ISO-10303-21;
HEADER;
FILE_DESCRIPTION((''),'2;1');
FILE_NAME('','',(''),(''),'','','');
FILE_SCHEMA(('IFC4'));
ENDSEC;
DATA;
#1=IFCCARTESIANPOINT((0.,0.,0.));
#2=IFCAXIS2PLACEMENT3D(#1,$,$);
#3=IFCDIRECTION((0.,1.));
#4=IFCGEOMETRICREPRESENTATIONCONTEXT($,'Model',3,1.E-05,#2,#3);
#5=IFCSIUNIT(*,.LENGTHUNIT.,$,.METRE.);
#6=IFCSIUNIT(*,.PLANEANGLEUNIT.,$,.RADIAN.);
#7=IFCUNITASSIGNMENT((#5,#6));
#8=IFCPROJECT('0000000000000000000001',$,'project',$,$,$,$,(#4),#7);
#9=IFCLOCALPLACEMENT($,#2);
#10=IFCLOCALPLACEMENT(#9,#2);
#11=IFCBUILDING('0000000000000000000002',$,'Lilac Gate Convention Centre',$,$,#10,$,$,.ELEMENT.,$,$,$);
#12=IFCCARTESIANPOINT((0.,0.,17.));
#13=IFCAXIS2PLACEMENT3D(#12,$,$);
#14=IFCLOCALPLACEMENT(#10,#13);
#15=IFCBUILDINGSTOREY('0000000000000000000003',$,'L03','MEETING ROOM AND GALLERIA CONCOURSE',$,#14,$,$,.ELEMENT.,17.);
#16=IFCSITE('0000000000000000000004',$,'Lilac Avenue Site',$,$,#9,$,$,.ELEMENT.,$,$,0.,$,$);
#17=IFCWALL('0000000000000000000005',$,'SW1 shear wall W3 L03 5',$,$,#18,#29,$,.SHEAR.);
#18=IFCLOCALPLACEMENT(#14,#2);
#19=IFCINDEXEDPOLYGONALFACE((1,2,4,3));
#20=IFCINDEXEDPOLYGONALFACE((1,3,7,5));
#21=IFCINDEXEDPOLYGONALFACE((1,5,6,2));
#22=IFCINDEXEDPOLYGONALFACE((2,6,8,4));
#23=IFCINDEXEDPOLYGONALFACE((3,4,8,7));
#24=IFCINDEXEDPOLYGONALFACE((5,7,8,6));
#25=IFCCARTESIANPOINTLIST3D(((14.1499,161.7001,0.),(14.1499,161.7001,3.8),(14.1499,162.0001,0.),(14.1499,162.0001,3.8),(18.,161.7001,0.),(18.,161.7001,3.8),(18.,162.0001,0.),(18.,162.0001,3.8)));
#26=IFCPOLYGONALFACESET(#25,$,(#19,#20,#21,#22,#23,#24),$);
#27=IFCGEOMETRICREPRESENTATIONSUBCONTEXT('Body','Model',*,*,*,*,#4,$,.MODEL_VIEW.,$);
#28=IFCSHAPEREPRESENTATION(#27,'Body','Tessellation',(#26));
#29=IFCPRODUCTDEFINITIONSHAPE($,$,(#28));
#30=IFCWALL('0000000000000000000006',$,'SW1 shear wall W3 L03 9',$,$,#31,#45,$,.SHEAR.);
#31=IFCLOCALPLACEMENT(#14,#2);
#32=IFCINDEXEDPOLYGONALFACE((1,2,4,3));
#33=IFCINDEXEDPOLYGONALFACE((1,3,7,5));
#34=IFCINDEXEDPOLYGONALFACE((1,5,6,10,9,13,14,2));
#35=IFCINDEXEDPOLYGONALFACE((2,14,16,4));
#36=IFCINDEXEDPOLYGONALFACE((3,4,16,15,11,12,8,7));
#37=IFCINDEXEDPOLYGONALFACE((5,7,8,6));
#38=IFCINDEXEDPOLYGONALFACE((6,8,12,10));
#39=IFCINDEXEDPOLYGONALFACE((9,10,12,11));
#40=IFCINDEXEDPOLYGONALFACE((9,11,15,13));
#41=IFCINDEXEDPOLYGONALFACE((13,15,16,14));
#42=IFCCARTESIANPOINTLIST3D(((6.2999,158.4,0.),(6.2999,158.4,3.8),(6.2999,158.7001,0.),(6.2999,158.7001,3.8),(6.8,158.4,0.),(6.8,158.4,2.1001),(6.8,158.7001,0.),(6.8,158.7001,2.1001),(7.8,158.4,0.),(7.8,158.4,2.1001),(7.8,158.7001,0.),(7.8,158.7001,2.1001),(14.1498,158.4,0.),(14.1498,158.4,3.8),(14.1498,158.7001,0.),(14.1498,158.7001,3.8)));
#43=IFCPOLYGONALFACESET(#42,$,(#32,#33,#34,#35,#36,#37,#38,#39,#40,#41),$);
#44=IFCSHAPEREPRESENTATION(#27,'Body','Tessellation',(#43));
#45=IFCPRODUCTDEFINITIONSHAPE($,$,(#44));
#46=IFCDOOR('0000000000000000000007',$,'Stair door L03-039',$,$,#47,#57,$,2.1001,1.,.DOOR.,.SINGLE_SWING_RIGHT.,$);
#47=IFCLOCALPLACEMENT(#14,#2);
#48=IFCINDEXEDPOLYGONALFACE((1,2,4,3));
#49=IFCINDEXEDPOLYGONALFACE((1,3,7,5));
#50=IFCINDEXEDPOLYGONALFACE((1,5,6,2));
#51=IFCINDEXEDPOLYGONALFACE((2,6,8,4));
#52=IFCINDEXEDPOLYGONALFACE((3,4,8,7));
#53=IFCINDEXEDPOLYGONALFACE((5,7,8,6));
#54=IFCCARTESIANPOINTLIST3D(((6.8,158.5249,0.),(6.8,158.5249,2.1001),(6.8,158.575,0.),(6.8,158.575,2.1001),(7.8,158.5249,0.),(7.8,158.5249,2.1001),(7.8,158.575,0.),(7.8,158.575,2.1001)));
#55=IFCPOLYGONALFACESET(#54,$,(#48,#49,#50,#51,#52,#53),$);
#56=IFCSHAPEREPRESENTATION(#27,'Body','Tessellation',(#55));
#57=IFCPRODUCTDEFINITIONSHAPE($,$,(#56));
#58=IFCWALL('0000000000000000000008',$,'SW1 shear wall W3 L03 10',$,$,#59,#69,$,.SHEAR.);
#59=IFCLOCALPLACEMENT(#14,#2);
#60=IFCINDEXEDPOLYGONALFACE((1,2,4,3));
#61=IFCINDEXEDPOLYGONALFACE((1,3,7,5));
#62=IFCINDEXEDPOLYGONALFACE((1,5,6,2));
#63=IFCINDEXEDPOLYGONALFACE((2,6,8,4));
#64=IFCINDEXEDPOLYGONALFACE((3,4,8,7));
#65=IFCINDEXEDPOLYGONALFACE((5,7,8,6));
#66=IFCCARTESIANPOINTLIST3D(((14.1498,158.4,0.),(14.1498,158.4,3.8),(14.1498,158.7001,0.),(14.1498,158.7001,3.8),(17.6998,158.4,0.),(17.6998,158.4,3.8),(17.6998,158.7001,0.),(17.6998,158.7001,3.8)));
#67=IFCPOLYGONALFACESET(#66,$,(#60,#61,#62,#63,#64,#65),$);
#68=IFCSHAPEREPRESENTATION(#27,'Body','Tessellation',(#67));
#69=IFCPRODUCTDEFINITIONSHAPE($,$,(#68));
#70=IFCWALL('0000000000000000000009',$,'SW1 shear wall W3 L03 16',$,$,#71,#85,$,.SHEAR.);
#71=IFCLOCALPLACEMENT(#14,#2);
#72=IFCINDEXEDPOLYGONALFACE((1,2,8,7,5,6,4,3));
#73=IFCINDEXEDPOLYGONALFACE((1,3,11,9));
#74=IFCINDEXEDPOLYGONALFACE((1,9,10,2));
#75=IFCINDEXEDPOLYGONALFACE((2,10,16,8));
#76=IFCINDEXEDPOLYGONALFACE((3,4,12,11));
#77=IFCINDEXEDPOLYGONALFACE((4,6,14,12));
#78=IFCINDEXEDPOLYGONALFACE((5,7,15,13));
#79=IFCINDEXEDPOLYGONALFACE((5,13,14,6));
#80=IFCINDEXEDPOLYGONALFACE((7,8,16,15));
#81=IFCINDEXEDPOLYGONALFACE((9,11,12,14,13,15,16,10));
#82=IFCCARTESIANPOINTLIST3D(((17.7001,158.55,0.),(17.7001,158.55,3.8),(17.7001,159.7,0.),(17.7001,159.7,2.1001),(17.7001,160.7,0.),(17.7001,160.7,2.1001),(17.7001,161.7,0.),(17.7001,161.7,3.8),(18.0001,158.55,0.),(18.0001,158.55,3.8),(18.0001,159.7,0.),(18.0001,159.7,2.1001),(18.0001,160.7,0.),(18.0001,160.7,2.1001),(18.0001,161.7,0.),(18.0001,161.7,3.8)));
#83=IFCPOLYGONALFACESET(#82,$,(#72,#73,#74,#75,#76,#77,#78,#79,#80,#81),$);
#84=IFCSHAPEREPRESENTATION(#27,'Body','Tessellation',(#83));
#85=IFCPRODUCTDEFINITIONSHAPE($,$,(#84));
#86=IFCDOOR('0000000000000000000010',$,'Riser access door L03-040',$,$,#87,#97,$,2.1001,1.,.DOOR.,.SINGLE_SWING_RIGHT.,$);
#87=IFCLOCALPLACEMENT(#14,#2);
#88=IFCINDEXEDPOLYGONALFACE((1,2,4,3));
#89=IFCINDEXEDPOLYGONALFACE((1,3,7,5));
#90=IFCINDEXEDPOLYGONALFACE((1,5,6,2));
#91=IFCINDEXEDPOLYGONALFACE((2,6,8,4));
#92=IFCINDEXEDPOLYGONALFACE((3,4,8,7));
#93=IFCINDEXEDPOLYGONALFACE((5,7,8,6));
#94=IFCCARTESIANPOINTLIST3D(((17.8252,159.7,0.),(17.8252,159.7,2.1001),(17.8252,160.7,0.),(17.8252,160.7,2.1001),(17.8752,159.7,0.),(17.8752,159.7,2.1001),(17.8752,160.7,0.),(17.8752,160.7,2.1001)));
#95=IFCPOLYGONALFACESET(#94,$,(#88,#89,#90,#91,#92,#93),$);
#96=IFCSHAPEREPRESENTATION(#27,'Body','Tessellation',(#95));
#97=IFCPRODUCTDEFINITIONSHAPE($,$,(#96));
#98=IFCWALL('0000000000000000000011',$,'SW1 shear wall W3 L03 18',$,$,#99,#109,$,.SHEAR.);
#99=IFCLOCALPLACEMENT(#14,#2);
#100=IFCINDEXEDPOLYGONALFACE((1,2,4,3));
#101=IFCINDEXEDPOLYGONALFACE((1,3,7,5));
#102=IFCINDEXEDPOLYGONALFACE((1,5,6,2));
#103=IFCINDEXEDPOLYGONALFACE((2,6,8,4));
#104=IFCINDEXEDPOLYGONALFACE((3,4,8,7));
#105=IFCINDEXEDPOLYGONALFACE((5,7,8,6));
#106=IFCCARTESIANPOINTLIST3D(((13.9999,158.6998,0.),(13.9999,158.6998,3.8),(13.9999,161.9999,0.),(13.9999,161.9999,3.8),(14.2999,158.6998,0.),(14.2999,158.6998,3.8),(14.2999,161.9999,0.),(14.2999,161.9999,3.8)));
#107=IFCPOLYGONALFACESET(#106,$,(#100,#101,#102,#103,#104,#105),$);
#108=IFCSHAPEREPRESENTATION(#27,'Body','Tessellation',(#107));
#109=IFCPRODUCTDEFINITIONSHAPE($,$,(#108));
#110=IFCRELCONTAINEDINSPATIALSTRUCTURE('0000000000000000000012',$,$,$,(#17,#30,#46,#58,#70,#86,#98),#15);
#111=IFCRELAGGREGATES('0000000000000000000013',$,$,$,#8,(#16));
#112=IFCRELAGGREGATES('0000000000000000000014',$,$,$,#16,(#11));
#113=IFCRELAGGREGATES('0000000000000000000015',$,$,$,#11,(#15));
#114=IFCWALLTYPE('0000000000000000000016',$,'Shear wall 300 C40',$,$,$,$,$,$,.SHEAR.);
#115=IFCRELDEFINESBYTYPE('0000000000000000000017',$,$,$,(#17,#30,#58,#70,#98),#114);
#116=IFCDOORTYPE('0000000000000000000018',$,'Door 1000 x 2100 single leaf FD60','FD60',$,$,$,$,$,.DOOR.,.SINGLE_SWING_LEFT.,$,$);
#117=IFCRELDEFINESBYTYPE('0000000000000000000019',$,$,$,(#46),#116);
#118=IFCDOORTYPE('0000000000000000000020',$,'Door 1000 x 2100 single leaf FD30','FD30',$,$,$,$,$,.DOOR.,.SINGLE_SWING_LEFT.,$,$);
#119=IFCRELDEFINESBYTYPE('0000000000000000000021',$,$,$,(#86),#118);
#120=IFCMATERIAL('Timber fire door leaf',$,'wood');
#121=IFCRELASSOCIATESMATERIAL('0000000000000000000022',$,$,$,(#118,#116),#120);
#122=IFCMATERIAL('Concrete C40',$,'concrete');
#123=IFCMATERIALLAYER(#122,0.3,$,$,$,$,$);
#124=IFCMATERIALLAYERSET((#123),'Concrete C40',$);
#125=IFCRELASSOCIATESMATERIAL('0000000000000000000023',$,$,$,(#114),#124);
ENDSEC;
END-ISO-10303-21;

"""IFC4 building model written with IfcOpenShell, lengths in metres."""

from ifc_helpers import new_model, si_unit, direction, frame, frame_2d, origin, place, context, subcontext, project, spatial, rectangle, extrude, material, layer, layer_set, type_object, element, fill, save


model = new_model("IFC4")

# Units and contexts
model_context = context("Model", 3, precision=1e-05, world=origin(), true_north=direction((0.0, 1.0)))
body_context = subcontext(model_context, "Body", "Model", "MODEL_VIEW")
ifc_project = project(units=[si_unit("LENGTHUNIT", "METRE"), si_unit("PLANEANGLEUNIT", "RADIAN")], contexts=[model_context])

# Site, building, storey
site_placement = place(None, origin())
site = spatial("IfcSite", under=ifc_project, at=site_placement, Name="Lilac Avenue Site", CompositionType="ELEMENT", RefElevation=0.0)
building_placement = place(site_placement, origin())
building = spatial("IfcBuilding", under=site, at=building_placement, Name="Lilac Gate Convention Centre", CompositionType="ELEMENT")
storey_placement = place(building_placement, frame((0.0, 0.0, 17.0)))
storey = spatial("IfcBuildingStorey", under=building, at=storey_placement, Name="L03", Description="MEETING ROOM AND GALLERIA CONCOURSE", CompositionType="ELEMENT", Elevation=17.0)

# Shared definitions
ifc_material_1 = material(Name="Concrete C40", Category="concrete")

# Shared definitions
ifc_material_2 = material(Name="Timber fire door leaf", Category="wood")
door_type_1 = type_object("IfcDoorType", Name="Door 1000 x 2100 single leaf FD30", Description="FD30", OperationType="SINGLE_SWING_LEFT", PredefinedType="DOOR", material=ifc_material_2)

# Wall
ifc_layer_1 = layer(ifc_material_1, 0.3)
ifc_layer_set_1 = layer_set([ifc_layer_1], Name="Concrete C40")
wall_type_1 = type_object("IfcWallType", Name="Shear wall 300 C40", PredefinedType="SHEAR", material=ifc_layer_set_1)
wall_1_placement = place(storey_placement, frame((14.1499, 161.8501, 0.0), z_axis=(0.0, 0.0, 1.0), x_axis=(1.0, 0.0, 0.0)))
element("IfcWall", 1, at=wall_1_placement, inside=storey, type_object=wall_type_1, Name="SW1 shear wall W3 L03 5", PredefinedType="SHEAR", context=body_context, shape_type="SweptSolid", body=[
    extrude(rectangle(XDim=3.8501, YDim=0.3, at=frame_2d((1.925, 0.0))), origin(), (0.0, 0.0, 1.0), 3.8),
])

# Wall, opening, door
wall_2_placement = place(storey_placement, frame((6.3, 158.55, 0.0), z_axis=(0.0, 0.0, 1.0), x_axis=(1.0, 0.0, 0.0)))
wall_2 = element("IfcWall", 2, at=wall_2_placement, inside=storey, type_object=wall_type_1, Name="SW1 shear wall W3 L03 9", PredefinedType="SHEAR", context=body_context, shape_type="SweptSolid", body=[
    extrude(rectangle(XDim=7.8499, YDim=0.3, at=frame_2d((3.9248, 0.0))), origin(), (0.0, 0.0, 1.0), 3.8),
])
opening_1_placement = place(wall_2_placement, frame((0.5, 0.0, 0.0)))
opening_1 = element("IfcOpeningElement", 3, at=opening_1_placement, cuts=wall_2, PredefinedType="OPENING", context=body_context, shape_type="SweptSolid", body=[
    extrude(rectangle(XDim=1.0, YDim=2.1001, at=frame_2d((0.5, 1.05))), frame((0.0, 0.1599, 0.0), z_axis=(0.0, -1.0, 0.0), x_axis=(1.0, 0.0, 0.0)), (0.0, 0.0, 1.0), 0.3201),
])
door_type_2 = type_object("IfcDoorType", Name="Door 1000 x 2100 single leaf FD60", Description="FD60", OperationType="SINGLE_SWING_LEFT", PredefinedType="DOOR", material=ifc_material_2)
door_1_placement = place(opening_1_placement, origin())
door_1 = element("IfcDoor", 4, at=door_1_placement, inside=storey, type_object=door_type_2, Name="Stair door L03-039", OperationType="SINGLE_SWING_RIGHT", OverallHeight=2.1001, OverallWidth=1.0, PredefinedType="DOOR", context=body_context, shape_type="SweptSolid", body=[
    extrude(rectangle(XDim=1.0, YDim=2.1001, at=frame_2d((0.5, 1.05))), frame((0.0, 0.0249, 0.0), z_axis=(0.0, -1.0, 0.0), x_axis=(1.0, 0.0, 0.0)), (0.0, 0.0, 1.0), 0.05),
])
fill(opening_1, door_1)

# Wall
wall_3_placement = place(storey_placement, frame((14.1499, 158.55, 0.0), z_axis=(0.0, 0.0, 1.0), x_axis=(1.0, 0.0, 0.0)))
element("IfcWall", 5, at=wall_3_placement, inside=storey, type_object=wall_type_1, Name="SW1 shear wall W3 L03 10", PredefinedType="SHEAR", context=body_context, shape_type="SweptSolid", body=[
    extrude(rectangle(XDim=3.55, YDim=0.3, at=frame_2d((1.7749, 0.0))), origin(), (0.0, 0.0, 1.0), 3.8),
])

# Wall, opening, door
wall_4_placement = place(storey_placement, frame((17.8501, 158.55, 0.0), z_axis=(0.0, 0.0, 1.0), x_axis=(0.0, 1.0, 0.0)))
wall_4 = element("IfcWall", 6, at=wall_4_placement, inside=storey, type_object=wall_type_1, Name="SW1 shear wall W3 L03 16", PredefinedType="SHEAR", context=body_context, shape_type="SweptSolid", body=[
    extrude(rectangle(XDim=3.1499, YDim=0.3, at=frame_2d((1.575, 0.0))), origin(), (0.0, 0.0, 1.0), 3.8),
])
opening_2_placement = place(wall_4_placement, frame((1.1499, 0.0, 0.0)))
opening_2 = element("IfcOpeningElement", 7, at=opening_2_placement, cuts=wall_4, PredefinedType="OPENING", context=body_context, shape_type="SweptSolid", body=[
    extrude(rectangle(XDim=1.0, YDim=2.1001, at=frame_2d((0.5, 1.05))), frame((0.0, 0.1599, 0.0), z_axis=(0.0, -1.0, 0.0), x_axis=(1.0, 0.0, 0.0)), (0.0, 0.0, 1.0), 0.3201),
])
door_2_placement = place(opening_2_placement, origin())
door_2 = element("IfcDoor", 8, at=door_2_placement, inside=storey, type_object=door_type_1, Name="Riser access door L03-040", OperationType="SINGLE_SWING_RIGHT", OverallHeight=2.1001, OverallWidth=1.0, PredefinedType="DOOR", context=body_context, shape_type="SweptSolid", body=[
    extrude(rectangle(XDim=1.0, YDim=2.1001, at=frame_2d((0.5, 1.05))), frame((0.0, 0.0249, 0.0), z_axis=(0.0, -1.0, 0.0), x_axis=(1.0, 0.0, 0.0)), (0.0, 0.0, 1.0), 0.05),
])
fill(opening_2, door_2)

# Wall
wall_5_placement = place(storey_placement, frame((14.1499, 158.7, 0.0), z_axis=(0.0, 0.0, 1.0), x_axis=(0.0, 1.0, 0.0)))
element("IfcWall", 9, at=wall_5_placement, inside=storey, type_object=wall_type_1, Name="SW1 shear wall W3 L03 18", PredefinedType="SHEAR", context=body_context, shape_type="SweptSolid", body=[
    extrude(rectangle(XDim=3.3, YDim=0.3, at=frame_2d((1.6499, 0.0))), origin(), (0.0, 0.0, 1.0), 3.8),
])

save(model, "model.ifc")
